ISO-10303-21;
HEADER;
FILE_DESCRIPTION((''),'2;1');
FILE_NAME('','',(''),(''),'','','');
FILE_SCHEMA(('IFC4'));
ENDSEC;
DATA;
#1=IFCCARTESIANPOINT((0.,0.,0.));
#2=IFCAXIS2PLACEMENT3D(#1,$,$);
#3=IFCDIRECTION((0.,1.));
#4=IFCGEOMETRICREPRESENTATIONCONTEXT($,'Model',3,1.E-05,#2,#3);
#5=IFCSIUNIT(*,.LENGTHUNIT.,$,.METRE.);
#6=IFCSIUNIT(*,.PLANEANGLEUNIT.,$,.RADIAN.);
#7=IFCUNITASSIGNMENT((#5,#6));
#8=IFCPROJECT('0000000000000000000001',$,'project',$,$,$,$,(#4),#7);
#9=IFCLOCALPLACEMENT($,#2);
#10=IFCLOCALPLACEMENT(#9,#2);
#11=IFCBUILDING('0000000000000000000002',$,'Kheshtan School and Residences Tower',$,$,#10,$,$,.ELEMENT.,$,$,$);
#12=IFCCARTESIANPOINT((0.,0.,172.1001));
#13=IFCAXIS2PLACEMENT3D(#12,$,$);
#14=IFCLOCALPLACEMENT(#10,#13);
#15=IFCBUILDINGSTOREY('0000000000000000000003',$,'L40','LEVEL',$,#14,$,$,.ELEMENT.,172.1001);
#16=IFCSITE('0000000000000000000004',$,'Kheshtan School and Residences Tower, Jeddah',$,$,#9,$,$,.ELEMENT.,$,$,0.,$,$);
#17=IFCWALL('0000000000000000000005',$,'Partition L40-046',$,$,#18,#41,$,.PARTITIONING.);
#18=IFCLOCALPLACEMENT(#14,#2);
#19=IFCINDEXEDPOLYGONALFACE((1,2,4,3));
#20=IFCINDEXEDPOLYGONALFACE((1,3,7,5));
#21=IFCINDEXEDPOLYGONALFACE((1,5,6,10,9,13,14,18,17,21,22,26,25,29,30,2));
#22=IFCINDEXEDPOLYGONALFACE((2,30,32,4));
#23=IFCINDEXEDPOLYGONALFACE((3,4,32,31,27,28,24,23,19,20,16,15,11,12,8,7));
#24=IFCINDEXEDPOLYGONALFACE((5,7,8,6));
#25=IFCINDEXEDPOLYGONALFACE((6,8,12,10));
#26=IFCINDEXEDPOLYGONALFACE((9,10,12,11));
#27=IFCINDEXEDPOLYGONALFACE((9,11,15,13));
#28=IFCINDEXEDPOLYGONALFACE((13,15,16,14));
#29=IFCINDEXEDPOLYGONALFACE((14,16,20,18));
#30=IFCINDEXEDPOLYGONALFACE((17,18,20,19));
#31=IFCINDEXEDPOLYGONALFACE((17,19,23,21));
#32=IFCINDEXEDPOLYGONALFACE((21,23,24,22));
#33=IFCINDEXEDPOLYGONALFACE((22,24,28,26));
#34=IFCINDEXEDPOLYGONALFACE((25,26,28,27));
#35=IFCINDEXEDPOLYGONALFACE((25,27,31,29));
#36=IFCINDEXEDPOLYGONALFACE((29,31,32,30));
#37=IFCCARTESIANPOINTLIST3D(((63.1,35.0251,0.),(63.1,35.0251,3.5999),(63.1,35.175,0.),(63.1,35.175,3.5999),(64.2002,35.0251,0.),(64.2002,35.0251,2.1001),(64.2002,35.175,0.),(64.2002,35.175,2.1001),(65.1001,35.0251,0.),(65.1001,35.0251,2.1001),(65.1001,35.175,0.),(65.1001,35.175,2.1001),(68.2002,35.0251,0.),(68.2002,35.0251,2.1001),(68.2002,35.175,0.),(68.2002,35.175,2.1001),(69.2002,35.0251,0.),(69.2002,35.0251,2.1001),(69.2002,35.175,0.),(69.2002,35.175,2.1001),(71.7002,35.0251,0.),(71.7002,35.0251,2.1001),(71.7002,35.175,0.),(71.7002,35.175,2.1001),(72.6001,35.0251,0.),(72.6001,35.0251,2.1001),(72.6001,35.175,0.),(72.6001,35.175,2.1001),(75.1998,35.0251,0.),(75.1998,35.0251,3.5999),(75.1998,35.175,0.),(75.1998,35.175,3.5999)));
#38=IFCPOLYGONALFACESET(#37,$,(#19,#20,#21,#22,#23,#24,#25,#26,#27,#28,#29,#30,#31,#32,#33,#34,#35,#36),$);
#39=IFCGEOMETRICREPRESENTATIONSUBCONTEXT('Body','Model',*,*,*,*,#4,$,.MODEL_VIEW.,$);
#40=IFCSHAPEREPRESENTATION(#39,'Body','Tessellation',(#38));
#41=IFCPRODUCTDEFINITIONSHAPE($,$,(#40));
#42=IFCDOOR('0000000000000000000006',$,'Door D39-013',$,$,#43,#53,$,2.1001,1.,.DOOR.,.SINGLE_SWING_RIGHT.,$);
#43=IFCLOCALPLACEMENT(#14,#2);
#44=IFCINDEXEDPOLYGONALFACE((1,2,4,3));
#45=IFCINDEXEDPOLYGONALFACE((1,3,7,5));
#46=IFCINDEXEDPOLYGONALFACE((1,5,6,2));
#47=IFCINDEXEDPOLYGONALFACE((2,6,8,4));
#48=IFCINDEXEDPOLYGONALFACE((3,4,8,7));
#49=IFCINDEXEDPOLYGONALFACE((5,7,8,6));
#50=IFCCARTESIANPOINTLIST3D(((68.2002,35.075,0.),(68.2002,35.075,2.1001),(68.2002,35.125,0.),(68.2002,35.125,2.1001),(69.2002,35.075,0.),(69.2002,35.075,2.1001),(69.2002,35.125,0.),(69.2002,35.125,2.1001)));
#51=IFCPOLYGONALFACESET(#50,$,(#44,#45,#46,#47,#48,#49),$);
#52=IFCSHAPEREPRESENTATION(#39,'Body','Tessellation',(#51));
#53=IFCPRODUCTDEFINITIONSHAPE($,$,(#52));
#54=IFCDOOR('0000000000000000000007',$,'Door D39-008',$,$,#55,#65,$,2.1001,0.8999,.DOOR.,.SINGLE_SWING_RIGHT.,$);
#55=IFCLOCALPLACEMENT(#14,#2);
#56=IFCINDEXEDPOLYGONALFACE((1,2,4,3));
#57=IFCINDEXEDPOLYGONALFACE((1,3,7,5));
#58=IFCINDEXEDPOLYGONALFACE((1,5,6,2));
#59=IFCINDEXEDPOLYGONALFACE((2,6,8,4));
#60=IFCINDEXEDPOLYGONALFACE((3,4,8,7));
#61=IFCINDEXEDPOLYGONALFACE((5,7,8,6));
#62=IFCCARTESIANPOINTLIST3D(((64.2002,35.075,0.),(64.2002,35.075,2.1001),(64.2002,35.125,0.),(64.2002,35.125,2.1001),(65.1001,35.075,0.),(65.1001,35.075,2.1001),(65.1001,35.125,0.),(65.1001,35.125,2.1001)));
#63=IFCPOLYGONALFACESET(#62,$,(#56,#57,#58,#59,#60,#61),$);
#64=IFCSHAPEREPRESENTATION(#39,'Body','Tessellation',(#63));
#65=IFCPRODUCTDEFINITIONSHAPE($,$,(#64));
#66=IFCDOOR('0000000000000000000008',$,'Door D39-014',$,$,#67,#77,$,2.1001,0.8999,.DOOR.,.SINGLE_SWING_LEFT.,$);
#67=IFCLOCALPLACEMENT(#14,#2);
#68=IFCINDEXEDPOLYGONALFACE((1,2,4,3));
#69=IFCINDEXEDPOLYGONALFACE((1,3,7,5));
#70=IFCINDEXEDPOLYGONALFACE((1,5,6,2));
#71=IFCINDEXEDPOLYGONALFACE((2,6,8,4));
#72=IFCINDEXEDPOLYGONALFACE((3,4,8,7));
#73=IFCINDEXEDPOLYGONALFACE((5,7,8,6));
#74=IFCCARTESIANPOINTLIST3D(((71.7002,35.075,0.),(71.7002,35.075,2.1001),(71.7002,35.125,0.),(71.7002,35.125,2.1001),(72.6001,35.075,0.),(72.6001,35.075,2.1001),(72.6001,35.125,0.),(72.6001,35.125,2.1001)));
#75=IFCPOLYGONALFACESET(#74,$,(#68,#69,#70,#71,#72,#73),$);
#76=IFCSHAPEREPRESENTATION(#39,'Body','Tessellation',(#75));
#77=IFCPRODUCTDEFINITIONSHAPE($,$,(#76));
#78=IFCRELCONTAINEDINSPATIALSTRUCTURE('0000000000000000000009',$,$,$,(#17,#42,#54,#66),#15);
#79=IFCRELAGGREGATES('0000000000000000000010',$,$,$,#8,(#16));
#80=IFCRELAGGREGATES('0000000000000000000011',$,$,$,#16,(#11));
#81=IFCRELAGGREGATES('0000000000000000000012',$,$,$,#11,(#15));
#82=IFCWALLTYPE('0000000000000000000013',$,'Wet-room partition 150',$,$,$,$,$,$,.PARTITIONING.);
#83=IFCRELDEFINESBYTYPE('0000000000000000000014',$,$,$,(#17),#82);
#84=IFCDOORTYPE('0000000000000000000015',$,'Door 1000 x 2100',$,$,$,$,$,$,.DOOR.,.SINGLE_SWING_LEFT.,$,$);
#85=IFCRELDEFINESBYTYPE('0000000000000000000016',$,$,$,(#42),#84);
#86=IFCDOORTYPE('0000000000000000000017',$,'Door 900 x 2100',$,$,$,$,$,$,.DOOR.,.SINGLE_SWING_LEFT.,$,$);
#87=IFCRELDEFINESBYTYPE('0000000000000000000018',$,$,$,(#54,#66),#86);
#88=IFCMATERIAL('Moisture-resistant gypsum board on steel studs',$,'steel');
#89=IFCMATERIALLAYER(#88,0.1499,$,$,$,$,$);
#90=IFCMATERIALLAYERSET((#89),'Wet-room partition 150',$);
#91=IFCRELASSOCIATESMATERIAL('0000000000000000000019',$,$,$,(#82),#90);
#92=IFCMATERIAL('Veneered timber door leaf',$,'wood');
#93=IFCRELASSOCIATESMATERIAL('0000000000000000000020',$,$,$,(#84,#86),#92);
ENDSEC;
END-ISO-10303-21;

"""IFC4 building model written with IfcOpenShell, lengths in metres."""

from ifc_helpers import new_model, si_unit, direction, frame, frame_2d, origin, place, context, subcontext, project, spatial, rectangle, extrude, source, transform, mapped, material, layer, layer_set, type_object, element, fill, save


model = new_model("IFC4")

# Units and contexts
model_context = context("Model", 3, precision=1e-05, world=origin(), true_north=direction((0.0, 1.0)))
body_context = subcontext(model_context, "Body", "Model", "MODEL_VIEW")
ifc_project = project(units=[si_unit("LENGTHUNIT", "METRE"), si_unit("PLANEANGLEUNIT", "RADIAN")], contexts=[model_context])

# Site, building, storey
site_placement = place(None, origin())
site = spatial("IfcSite", under=ifc_project, at=site_placement, Name="Kheshtan School and Residences Tower, Jeddah", CompositionType="ELEMENT", RefElevation=0.0)
building_placement = place(site_placement, origin())
building = spatial("IfcBuilding", under=site, at=building_placement, Name="Kheshtan School and Residences Tower", CompositionType="ELEMENT")
storey_placement = place(building_placement, frame((0.0, 0.0, 172.1001)))
storey = spatial("IfcBuildingStorey", under=building, at=storey_placement, Name="L40", Description="LEVEL", CompositionType="ELEMENT", Elevation=172.1001)

# Wall, openings, doors
ifc_material_1 = material(Name="Moisture-resistant gypsum board on steel studs", Category="steel")
ifc_layer_1 = layer(ifc_material_1, 0.1499)
ifc_layer_set_1 = layer_set([ifc_layer_1], Name="Wet-room partition 150")
wall_type_1 = type_object("IfcWallType", Name="Wet-room partition 150", PredefinedType="PARTITIONING", material=ifc_layer_set_1)
ifc_material_2 = material(Name="Veneered timber door leaf", Category="wood")
door_type_1 = type_object("IfcDoorType", Name="Door 1000 x 2100", OperationType="SINGLE_SWING_LEFT", PredefinedType="DOOR", material=ifc_material_2)
shared_shape_1 = source(origin(), body_context, "Body", "SweptSolid", [
    extrude(rectangle(XDim=1.0, YDim=2.1001, at=frame_2d((0.5, 1.05))), frame((0.0, 0.0249, 0.0), z_axis=(0.0, -1.0, 0.0), x_axis=(1.0, 0.0, 0.0)), (0.0, 0.0, 1.0), 0.05),
])
door_type_2 = type_object("IfcDoorType", Name="Door 900 x 2100", OperationType="SINGLE_SWING_LEFT", PredefinedType="DOOR", material=ifc_material_2)
shared_shape_2 = source(origin(), body_context, "Body", "SweptSolid", [
    extrude(rectangle(XDim=0.8999, YDim=2.1001, at=frame_2d((0.45, 1.05))), frame((0.0, 0.0249, 0.0), z_axis=(0.0, -1.0, 0.0), x_axis=(1.0, 0.0, 0.0)), (0.0, 0.0, 1.0), 0.05),
])
wall_1_placement = place(storey_placement, frame((63.1001, 35.1001, 0.0), z_axis=(0.0, 0.0, 1.0), x_axis=(1.0, 0.0, 0.0)))
wall_1 = element("IfcWall", 1, at=wall_1_placement, inside=storey, type_object=wall_type_1, Name="Partition L40-046", PredefinedType="PARTITIONING", context=body_context, shape_type="SweptSolid", body=[
    extrude(rectangle(XDim=12.0999, YDim=0.1499, at=frame_2d((6.0498, 0.0))), origin(), (0.0, 0.0, 1.0), 3.5999),
])
opening_1_placement = place(wall_1_placement, frame((1.1001, 0.0, 0.0)))
opening_1 = element("IfcOpeningElement", 2, at=opening_1_placement, cuts=wall_1, PredefinedType="OPENING", context=body_context, shape_type="SweptSolid", body=[
    extrude(rectangle(XDim=0.8999, YDim=2.1001, at=frame_2d((0.45, 1.05))), frame((0.0, 0.085, 0.0), z_axis=(0.0, -1.0, 0.0), x_axis=(1.0, 0.0, 0.0)), (0.0, 0.0, 1.0), 0.1699),
])
opening_2_placement = place(wall_1_placement, frame((5.1001, 0.0, 0.0)))
opening_2 = element("IfcOpeningElement", 3, at=opening_2_placement, cuts=wall_1, PredefinedType="OPENING", context=body_context, shape_type="SweptSolid", body=[
    extrude(rectangle(XDim=1.0, YDim=2.1001, at=frame_2d((0.5, 1.05))), frame((0.0, 0.085, 0.0), z_axis=(0.0, -1.0, 0.0), x_axis=(1.0, 0.0, 0.0)), (0.0, 0.0, 1.0), 0.1699),
])
opening_3_placement = place(wall_1_placement, frame((8.6001, 0.0, 0.0)))
opening_3 = element("IfcOpeningElement", 4, at=opening_3_placement, cuts=wall_1, PredefinedType="OPENING", context=body_context, shape_type="SweptSolid", body=[
    extrude(rectangle(XDim=0.8999, YDim=2.1001, at=frame_2d((0.45, 1.05))), frame((0.0, 0.085, 0.0), z_axis=(0.0, -1.0, 0.0), x_axis=(1.0, 0.0, 0.0)), (0.0, 0.0, 1.0), 0.1699),
])
door_1_placement = place(opening_2_placement, origin())
door_1 = element("IfcDoor", 5, at=door_1_placement, inside=storey, type_object=door_type_1, Name="Door D39-013", OperationType="SINGLE_SWING_RIGHT", OverallHeight=2.1001, OverallWidth=1.0, PredefinedType="DOOR", context=body_context, shape_type="MappedRepresentation", body=[
    mapped(shared_shape_1, transform((0.0, 0.0, 0.0), x_axis=(1.0, 0.0, 0.0), y_axis=(0.0, 1.0, 0.0), z_axis=(0.0, 0.0, 1.0), scale=1.0)),
])
fill(opening_2, door_1)
door_2_placement = place(opening_1_placement, origin())
door_2 = element("IfcDoor", 6, at=door_2_placement, inside=storey, type_object=door_type_2, Name="Door D39-008", OperationType="SINGLE_SWING_RIGHT", OverallHeight=2.1001, OverallWidth=0.8999, PredefinedType="DOOR", context=body_context, shape_type="MappedRepresentation", body=[
    mapped(shared_shape_2, transform((0.0, 0.0, 0.0), x_axis=(1.0, 0.0, 0.0), y_axis=(0.0, 1.0, 0.0), z_axis=(0.0, 0.0, 1.0), scale=1.0)),
])
fill(opening_1, door_2)
door_3_placement = place(opening_3_placement, origin())
door_3 = element("IfcDoor", 7, at=door_3_placement, inside=storey, type_object=door_type_2, Name="Door D39-014", OperationType="SINGLE_SWING_LEFT", OverallHeight=2.1001, OverallWidth=0.8999, PredefinedType="DOOR", context=body_context, shape_type="MappedRepresentation", body=[
    mapped(shared_shape_2, transform((0.0, 0.0, 0.0), x_axis=(1.0, 0.0, 0.0), y_axis=(0.0, 1.0, 0.0), z_axis=(0.0, 0.0, 1.0), scale=1.0)),
])
fill(opening_3, door_3)

save(model, "model.ifc")
